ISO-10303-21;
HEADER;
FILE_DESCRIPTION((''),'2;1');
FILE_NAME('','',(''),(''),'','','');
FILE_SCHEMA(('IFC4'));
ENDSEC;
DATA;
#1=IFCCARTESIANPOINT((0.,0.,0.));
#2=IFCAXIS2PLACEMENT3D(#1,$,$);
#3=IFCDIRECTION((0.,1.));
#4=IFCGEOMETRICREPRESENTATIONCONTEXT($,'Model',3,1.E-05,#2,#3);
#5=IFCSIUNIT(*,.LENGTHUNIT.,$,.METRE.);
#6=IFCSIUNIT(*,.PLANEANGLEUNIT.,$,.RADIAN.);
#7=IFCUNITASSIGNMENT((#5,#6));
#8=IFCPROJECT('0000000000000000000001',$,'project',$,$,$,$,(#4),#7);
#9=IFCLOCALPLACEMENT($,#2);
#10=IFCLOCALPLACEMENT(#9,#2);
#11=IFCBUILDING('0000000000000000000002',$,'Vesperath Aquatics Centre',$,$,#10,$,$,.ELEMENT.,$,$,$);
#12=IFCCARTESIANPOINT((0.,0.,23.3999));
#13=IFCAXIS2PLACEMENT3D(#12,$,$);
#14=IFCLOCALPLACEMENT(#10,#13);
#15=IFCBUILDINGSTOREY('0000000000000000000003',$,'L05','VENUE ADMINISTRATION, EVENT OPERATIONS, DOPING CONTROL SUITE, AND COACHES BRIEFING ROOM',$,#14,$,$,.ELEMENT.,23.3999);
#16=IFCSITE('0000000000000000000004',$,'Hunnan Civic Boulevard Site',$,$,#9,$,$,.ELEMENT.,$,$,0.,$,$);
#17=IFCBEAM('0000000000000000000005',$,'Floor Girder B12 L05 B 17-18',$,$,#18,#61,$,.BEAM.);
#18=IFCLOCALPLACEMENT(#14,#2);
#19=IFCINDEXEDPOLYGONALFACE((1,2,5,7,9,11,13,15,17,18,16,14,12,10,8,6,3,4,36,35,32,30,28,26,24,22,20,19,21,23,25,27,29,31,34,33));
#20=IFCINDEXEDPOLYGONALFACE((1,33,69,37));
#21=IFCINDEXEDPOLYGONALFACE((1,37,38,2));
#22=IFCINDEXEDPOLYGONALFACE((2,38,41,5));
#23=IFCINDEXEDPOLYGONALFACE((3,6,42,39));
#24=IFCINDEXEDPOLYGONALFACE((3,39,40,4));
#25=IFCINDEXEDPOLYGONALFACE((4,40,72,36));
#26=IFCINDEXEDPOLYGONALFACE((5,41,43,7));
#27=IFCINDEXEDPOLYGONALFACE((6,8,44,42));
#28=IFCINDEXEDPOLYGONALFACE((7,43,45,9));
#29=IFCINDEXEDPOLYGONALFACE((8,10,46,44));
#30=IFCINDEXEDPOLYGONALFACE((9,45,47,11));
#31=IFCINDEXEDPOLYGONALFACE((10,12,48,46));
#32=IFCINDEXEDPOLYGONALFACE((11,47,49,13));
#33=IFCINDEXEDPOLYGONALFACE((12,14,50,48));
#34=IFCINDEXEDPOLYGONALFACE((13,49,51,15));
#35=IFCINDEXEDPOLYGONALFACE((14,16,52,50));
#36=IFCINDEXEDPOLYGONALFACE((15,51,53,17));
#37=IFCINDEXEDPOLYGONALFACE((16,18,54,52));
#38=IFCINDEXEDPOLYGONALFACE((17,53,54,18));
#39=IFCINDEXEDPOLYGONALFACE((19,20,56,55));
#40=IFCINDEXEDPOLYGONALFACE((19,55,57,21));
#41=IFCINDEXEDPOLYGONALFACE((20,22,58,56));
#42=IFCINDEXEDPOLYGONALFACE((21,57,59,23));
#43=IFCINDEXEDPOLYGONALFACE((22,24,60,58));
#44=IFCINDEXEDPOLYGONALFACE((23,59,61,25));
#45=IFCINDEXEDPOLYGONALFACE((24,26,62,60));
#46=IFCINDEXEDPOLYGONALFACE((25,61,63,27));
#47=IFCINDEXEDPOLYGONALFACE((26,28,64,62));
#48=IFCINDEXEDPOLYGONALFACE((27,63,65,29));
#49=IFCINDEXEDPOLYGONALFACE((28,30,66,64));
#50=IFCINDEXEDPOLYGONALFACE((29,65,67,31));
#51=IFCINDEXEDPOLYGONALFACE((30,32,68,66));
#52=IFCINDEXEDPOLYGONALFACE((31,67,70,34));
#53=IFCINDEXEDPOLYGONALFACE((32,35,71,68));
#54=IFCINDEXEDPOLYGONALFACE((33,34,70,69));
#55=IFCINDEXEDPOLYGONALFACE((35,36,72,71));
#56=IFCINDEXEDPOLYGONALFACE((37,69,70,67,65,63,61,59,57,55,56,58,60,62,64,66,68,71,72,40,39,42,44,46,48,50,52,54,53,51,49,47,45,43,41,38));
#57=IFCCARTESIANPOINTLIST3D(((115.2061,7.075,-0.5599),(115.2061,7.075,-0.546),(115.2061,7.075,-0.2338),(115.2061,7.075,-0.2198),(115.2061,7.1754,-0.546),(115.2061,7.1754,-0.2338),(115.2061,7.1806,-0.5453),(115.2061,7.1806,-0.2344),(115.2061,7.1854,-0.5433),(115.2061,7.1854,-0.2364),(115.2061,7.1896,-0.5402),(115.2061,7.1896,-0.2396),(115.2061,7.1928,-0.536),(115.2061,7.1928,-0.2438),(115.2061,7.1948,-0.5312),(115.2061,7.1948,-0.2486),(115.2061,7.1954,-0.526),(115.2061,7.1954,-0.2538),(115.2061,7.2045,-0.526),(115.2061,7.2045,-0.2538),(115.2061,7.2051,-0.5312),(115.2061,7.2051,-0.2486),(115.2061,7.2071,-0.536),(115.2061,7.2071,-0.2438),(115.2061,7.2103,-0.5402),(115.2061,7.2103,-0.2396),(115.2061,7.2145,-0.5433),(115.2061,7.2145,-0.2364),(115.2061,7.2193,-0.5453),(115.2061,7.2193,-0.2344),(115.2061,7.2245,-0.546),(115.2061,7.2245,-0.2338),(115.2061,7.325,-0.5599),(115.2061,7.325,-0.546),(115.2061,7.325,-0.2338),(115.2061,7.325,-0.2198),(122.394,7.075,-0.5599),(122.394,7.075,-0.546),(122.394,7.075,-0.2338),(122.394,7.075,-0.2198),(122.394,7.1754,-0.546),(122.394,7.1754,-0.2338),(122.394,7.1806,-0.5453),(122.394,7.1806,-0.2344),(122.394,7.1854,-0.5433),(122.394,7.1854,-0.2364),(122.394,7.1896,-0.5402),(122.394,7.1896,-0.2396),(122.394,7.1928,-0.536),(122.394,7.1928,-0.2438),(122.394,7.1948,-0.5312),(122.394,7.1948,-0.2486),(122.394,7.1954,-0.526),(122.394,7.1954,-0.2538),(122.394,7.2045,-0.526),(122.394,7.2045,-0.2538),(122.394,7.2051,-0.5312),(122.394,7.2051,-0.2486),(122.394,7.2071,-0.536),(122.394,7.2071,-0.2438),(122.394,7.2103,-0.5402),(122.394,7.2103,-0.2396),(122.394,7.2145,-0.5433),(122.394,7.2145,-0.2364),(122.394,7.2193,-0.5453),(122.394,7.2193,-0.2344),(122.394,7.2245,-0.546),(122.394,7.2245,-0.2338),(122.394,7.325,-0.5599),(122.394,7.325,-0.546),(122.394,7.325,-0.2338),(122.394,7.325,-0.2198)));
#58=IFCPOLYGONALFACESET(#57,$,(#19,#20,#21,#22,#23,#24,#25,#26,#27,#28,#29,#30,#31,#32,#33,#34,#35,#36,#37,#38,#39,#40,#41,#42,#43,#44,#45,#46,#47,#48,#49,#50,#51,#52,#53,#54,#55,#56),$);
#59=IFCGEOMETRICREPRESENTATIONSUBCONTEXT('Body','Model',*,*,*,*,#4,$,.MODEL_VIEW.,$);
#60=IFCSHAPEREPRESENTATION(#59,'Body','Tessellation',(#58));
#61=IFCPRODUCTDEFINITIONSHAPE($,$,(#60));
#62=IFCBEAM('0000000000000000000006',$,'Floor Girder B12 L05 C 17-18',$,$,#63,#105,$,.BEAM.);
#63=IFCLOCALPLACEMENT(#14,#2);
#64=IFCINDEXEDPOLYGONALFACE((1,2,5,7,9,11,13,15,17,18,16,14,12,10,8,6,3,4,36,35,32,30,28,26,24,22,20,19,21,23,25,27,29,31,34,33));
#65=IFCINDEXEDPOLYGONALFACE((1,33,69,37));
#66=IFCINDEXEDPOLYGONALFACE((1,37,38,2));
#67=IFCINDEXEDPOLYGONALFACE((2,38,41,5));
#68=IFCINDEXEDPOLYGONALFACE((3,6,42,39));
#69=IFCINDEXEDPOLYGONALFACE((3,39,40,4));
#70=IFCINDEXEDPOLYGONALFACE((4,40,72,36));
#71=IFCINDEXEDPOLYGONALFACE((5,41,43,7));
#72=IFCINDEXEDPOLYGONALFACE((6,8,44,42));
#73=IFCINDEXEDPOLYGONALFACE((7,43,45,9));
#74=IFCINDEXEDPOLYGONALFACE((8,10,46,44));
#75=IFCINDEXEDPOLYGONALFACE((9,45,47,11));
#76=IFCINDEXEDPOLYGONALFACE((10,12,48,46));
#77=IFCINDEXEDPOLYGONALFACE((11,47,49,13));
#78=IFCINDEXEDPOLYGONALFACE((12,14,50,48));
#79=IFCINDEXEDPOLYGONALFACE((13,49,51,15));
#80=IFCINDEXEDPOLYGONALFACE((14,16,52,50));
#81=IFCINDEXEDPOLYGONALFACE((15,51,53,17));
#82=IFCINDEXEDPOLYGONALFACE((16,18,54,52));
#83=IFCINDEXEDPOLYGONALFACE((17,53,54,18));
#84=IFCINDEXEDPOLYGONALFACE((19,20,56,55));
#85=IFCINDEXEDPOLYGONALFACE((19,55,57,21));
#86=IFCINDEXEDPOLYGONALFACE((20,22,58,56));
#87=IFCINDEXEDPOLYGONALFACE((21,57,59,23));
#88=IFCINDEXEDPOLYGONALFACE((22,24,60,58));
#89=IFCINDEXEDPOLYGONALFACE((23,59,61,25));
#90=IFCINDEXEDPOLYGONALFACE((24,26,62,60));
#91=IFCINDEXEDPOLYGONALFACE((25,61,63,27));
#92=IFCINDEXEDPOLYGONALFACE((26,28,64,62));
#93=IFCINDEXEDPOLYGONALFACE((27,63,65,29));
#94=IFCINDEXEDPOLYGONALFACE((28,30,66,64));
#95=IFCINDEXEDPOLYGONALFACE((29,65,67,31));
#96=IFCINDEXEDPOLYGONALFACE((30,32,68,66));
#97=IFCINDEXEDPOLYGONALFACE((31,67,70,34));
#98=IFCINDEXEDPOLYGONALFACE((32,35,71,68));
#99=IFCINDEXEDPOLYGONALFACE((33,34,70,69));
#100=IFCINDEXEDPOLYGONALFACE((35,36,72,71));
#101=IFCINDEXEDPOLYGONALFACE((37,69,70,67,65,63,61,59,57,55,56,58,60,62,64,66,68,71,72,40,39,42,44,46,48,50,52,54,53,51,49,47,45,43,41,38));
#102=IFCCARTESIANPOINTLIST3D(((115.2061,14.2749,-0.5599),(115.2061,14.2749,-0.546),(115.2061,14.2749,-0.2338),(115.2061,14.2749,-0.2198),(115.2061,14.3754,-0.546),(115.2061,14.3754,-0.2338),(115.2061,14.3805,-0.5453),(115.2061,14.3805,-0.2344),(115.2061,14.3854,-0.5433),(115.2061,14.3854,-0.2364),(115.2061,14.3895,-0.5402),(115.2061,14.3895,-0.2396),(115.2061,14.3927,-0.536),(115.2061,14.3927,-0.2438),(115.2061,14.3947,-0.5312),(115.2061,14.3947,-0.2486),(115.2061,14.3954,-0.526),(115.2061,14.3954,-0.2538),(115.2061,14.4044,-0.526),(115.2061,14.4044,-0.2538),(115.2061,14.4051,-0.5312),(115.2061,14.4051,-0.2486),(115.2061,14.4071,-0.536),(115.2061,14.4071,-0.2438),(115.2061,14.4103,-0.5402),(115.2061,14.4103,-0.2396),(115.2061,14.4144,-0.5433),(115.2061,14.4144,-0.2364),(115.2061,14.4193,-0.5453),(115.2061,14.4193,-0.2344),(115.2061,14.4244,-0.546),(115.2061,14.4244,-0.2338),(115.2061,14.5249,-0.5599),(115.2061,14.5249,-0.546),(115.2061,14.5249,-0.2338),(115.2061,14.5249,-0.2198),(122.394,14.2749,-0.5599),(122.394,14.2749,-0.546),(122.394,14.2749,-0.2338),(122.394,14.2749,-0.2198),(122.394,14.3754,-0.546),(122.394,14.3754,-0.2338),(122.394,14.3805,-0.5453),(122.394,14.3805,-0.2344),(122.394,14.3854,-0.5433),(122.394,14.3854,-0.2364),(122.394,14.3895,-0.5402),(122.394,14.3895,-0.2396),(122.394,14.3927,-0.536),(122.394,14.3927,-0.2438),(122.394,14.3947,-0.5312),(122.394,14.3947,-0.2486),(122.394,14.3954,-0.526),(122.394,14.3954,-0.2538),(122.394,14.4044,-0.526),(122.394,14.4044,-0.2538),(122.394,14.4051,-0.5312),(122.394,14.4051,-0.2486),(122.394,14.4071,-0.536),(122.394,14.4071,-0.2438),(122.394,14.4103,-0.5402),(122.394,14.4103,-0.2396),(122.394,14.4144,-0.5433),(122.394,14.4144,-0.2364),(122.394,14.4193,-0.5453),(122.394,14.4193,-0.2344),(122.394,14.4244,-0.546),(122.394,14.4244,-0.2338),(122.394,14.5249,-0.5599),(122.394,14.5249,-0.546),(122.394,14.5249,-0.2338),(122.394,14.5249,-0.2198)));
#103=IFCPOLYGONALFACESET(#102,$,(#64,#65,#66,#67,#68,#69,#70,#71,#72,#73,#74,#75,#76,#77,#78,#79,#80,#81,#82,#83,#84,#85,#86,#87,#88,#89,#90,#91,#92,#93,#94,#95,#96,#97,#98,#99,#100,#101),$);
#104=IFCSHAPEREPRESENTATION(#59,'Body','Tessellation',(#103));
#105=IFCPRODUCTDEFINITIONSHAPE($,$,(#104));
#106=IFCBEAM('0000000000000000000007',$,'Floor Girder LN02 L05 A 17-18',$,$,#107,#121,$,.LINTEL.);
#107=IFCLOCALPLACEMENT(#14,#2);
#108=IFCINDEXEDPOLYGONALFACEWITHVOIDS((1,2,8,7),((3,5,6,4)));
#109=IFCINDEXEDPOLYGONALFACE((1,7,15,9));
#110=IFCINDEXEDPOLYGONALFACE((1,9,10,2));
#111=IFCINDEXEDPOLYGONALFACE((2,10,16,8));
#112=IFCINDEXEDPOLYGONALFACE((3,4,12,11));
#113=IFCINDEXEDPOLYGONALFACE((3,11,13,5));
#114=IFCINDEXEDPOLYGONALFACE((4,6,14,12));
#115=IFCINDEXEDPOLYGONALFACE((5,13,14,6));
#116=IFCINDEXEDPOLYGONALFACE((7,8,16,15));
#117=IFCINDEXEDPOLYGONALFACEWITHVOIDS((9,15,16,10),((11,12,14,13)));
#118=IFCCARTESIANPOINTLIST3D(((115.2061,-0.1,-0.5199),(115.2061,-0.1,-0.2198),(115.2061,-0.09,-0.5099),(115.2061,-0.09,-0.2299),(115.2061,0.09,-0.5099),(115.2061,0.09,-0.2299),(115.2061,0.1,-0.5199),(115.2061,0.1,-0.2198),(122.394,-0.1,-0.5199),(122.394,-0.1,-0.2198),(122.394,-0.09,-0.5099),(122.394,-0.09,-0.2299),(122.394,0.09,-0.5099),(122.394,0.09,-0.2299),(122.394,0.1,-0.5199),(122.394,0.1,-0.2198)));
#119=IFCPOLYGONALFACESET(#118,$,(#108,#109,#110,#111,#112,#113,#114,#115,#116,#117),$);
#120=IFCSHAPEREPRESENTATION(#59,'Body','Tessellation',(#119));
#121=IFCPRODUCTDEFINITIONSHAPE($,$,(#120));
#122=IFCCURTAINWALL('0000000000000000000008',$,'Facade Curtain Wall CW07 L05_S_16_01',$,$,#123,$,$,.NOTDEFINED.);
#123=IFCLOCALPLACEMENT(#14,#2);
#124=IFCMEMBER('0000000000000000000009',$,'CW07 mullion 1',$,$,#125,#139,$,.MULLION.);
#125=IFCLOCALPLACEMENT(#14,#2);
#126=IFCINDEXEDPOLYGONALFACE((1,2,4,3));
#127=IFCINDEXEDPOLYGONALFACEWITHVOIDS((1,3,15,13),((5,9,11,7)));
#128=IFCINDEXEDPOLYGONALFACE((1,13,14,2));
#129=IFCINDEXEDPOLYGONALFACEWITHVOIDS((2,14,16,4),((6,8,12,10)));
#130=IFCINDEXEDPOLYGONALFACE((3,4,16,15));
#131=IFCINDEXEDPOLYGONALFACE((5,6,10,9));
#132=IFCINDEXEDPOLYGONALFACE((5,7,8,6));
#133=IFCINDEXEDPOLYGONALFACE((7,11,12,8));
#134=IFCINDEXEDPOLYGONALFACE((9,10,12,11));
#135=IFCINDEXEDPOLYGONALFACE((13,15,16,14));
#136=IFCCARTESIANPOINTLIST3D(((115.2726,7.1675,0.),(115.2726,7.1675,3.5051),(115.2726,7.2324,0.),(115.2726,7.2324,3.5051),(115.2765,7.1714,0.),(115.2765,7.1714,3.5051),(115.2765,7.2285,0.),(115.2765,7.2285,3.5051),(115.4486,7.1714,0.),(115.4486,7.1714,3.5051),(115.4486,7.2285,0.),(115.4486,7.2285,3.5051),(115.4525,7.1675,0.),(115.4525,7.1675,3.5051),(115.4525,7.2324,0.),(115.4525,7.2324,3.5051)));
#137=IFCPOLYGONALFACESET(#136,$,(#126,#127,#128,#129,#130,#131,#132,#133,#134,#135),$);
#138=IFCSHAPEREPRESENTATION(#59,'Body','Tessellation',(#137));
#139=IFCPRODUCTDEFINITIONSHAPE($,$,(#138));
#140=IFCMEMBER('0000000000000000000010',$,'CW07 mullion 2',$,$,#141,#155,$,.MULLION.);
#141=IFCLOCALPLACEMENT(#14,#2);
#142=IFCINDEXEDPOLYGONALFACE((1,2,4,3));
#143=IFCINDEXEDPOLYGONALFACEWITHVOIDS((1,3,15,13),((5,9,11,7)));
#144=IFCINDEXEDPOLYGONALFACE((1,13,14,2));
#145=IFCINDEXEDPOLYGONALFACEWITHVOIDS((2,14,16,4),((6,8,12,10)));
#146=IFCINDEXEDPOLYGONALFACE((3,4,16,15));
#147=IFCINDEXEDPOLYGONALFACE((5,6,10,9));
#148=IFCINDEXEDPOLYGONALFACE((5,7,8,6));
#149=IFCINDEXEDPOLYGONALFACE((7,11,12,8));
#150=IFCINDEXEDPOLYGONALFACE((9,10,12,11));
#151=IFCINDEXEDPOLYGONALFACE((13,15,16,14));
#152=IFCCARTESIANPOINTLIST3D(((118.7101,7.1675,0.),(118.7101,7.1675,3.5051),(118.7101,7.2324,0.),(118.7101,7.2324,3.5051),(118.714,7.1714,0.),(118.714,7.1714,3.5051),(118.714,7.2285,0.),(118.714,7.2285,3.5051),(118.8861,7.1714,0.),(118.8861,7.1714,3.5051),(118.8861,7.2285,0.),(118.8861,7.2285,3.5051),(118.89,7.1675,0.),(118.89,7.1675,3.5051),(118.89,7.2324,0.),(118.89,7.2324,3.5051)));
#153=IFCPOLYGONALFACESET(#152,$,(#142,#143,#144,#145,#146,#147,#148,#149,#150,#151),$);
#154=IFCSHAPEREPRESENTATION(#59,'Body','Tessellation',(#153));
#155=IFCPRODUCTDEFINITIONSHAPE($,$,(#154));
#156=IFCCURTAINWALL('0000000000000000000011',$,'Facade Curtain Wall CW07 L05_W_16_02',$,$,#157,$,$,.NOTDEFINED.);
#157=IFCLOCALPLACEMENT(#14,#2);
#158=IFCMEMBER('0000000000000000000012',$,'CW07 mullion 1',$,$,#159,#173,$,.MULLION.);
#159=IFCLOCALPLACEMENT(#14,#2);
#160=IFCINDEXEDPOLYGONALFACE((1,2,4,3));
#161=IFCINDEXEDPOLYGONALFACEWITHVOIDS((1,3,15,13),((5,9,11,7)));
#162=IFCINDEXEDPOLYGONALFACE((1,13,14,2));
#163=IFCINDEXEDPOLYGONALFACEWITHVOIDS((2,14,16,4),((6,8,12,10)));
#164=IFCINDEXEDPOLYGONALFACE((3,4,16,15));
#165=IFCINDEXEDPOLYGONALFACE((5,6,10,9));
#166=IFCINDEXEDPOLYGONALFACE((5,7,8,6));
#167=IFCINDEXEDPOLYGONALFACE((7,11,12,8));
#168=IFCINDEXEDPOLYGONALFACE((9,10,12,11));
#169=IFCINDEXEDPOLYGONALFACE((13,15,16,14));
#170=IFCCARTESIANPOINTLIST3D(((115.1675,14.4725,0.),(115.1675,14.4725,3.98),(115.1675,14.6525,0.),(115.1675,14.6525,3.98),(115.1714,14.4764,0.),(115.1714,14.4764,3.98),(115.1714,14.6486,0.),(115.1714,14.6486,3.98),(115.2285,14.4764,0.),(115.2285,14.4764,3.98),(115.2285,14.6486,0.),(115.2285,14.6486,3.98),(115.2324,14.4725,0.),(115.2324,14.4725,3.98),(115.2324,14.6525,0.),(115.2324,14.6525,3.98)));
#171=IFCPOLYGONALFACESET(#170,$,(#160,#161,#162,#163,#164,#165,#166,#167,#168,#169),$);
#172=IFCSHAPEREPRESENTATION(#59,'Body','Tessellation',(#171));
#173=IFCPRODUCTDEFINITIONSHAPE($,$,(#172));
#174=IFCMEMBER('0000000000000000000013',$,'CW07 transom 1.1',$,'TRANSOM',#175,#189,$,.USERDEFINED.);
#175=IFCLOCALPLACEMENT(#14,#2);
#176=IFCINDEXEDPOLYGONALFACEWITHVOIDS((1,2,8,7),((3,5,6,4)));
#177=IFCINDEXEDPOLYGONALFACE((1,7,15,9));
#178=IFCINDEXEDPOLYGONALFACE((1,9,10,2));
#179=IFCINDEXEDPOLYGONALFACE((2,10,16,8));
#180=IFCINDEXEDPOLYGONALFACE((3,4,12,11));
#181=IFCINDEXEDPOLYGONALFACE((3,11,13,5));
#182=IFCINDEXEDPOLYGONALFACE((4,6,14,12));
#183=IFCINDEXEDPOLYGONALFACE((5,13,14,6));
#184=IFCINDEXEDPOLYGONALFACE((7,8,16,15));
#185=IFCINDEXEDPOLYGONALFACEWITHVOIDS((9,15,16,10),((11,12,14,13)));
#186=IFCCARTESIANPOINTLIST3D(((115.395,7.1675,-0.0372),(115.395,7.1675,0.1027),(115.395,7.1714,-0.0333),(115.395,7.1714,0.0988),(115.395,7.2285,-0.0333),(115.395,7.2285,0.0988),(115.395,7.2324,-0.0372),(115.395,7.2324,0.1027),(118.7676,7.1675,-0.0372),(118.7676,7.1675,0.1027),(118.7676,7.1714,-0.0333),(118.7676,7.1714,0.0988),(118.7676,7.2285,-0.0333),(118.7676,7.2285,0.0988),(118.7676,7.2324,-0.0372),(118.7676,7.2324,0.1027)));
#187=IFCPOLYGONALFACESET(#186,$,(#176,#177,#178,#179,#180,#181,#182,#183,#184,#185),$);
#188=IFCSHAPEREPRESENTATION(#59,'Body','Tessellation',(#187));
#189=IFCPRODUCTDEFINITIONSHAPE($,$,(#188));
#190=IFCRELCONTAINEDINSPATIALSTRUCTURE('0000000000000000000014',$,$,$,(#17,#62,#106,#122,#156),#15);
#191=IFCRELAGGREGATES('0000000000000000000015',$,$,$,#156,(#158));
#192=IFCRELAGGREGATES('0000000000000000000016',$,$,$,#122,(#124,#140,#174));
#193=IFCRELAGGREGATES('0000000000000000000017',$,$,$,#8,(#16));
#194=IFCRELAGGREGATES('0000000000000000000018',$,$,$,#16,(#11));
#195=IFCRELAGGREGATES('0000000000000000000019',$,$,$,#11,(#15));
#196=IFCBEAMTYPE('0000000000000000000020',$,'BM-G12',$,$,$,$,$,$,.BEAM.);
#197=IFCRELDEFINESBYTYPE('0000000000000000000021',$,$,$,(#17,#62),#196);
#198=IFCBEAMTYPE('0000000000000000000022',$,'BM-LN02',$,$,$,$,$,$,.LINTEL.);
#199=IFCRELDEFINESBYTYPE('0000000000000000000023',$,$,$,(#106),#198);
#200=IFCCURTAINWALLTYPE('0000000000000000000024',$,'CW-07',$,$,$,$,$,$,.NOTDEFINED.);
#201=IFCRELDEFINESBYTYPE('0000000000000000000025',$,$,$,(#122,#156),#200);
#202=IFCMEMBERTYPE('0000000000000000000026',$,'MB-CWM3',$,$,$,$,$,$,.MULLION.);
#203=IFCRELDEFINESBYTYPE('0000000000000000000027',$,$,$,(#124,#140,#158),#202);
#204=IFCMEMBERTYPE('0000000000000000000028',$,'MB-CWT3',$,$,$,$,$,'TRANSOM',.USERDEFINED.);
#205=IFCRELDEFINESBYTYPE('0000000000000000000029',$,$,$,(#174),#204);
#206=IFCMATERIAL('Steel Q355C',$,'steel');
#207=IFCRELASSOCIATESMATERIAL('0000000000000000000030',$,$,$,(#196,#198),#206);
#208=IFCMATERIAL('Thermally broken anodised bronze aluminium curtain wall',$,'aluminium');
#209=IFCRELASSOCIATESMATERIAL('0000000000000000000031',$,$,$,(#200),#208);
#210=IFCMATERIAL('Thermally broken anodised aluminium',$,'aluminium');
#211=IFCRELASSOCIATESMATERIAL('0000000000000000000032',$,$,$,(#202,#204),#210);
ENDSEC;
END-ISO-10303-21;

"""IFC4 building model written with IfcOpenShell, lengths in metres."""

from ifc_helpers import new_model, si_unit, direction, frame, origin, origin_2d, place, context, subcontext, project, spatial, hollow_rectangle, i_section, extrude, material, material_profile, profile_set, type_object, element, aggregate, save


model = new_model("IFC4")

# Units and contexts
model_context = context("Model", 3, precision=1e-05, world=origin(), true_north=direction((0.0, 1.0)))
body_context = subcontext(model_context, "Body", "Model", "MODEL_VIEW")
ifc_project = project(units=[si_unit("LENGTHUNIT", "METRE"), si_unit("PLANEANGLEUNIT", "RADIAN")], contexts=[model_context])

# Site, building, storey
site_placement = place(None, origin())
site = spatial("IfcSite", under=ifc_project, at=site_placement, Name="Hunnan Civic Boulevard Site", CompositionType="ELEMENT", RefElevation=0.0)
building_placement = place(site_placement, origin())
building = spatial("IfcBuilding", under=site, at=building_placement, Name="Vesperath Aquatics Centre", CompositionType="ELEMENT")
storey_placement = place(building_placement, frame((0.0, 0.0, 23.3999)))
storey = spatial("IfcBuildingStorey", under=building, at=storey_placement, Name="L05", Description="VENUE ADMINISTRATION, EVENT OPERATIONS, DOPING CONTROL SUITE, AND COACHES BRIEFING ROOM", CompositionType="ELEMENT", Elevation=23.3999)

# Beams
ifc_material_1 = material(Name="Steel Q355C", Category="steel")
ifc_material_profile_1 = material_profile(ifc_material_1, i_section(OverallWidth=0.25, OverallDepth=0.3401, WebThickness=0.009, FlangeThickness=0.0139, FilletRadius=0.02, at=origin_2d()), Name="HM 340x250x9x14")
ifc_profile_set_1 = profile_set([ifc_material_profile_1], Name="Steel Q355C")
beam_type_1 = type_object("IfcBeamType", Name="BM-G12", PredefinedType="BEAM", material=ifc_profile_set_1)
for number, where, z_axis, x_axis, name in (
    (1, (115.2061, 7.2, -0.3899), (1.0, 0.0, 0.0), (0.0, 1.0, 0.0), "Floor Girder B12 L05 B 17-18"),
    (2, (115.2061, 14.3999, -0.3899), (1.0, 0.0, 0.0), (0.0, 1.0, 0.0), "Floor Girder B12 L05 C 17-18"),
):
    element("IfcBeam", number, at=place(storey_placement, frame(where, z_axis=z_axis, x_axis=x_axis)), inside=storey, type_object=beam_type_1, Name=name, PredefinedType="BEAM", context=body_context, shape_type="SweptSolid", body=[
        extrude(i_section(OverallWidth=0.25, OverallDepth=0.3401, WebThickness=0.009, FlangeThickness=0.0139, FilletRadius=0.02, at=origin_2d()), origin(), (0.0, 0.0, 1.0), 7.188),
    ])
ifc_material_profile_2 = material_profile(ifc_material_1, hollow_rectangle(XDim=0.2, YDim=0.3, WallThickness=0.01, at=origin_2d()), Name="RHS 300x200x10")
ifc_profile_set_2 = profile_set([ifc_material_profile_2], Name="Steel Q355C")
beam_type_2 = type_object("IfcBeamType", Name="BM-LN02", PredefinedType="LINTEL", material=ifc_profile_set_2)
beam_placement = place(storey_placement, frame((115.2061, 0.0, -0.3699), z_axis=(1.0, 0.0, 0.0), x_axis=(0.0, 1.0, 0.0)))
element("IfcBeam", 3, at=beam_placement, inside=storey, type_object=beam_type_2, Name="Floor Girder LN02 L05 A 17-18", PredefinedType="LINTEL", context=body_context, shape_type="SweptSolid", body=[
    extrude(hollow_rectangle(XDim=0.2, YDim=0.3, WallThickness=0.01, at=origin_2d()), origin(), (0.0, 0.0, 1.0), 7.188),
])

# Curtain wall, members
ifc_material_2 = material(Name="Thermally broken anodised bronze aluminium curtain wall", Category="aluminium")
curtain_wall_type = type_object("IfcCurtainWallType", Name="CW-07", PredefinedType="NOTDEFINED", material=ifc_material_2)
curtain_wall_1_placement = place(storey_placement, origin())
curtain_wall_1 = element("IfcCurtainWall", 4, at=curtain_wall_1_placement, inside=storey, type_object=curtain_wall_type, Name="Facade Curtain Wall CW07 L05_S_16_01", PredefinedType="NOTDEFINED")
ifc_material_3 = material(Name="Thermally broken anodised aluminium", Category="aluminium")
ifc_material_profile_3 = material_profile(ifc_material_3, hollow_rectangle(XDim=0.0649, YDim=0.1799, WallThickness=0.0039, at=origin_2d()), Name="CWM 65x180x4")
ifc_profile_set_3 = profile_set([ifc_material_profile_3], Name="Thermally broken anodised aluminium")
member_type_1 = type_object("IfcMemberType", Name="MB-CWM3", PredefinedType="MULLION", material=ifc_profile_set_3)
member_1_placement = place(storey_placement, frame((115.3625, 7.2, 0.0), z_axis=(0.0, 0.0, 1.0), x_axis=(0.0, 1.0, 0.0)))
member_1 = element("IfcMember", 5, at=member_1_placement, type_object=member_type_1, Name="CW07 mullion 1", PredefinedType="MULLION", context=body_context, shape_type="SweptSolid", body=[
    extrude(hollow_rectangle(XDim=0.0649, YDim=0.1799, WallThickness=0.0039, at=origin_2d()), origin(), (0.0, 0.0, 1.0), 3.5051),
])
member_2_placement = place(storey_placement, frame((118.8, 7.2, 0.0), z_axis=(0.0, 0.0, 1.0), x_axis=(0.0, 1.0, 0.0)))
member_2 = element("IfcMember", 6, at=member_2_placement, type_object=member_type_1, Name="CW07 mullion 2", PredefinedType="MULLION", context=body_context, shape_type="SweptSolid", body=[
    extrude(hollow_rectangle(XDim=0.0649, YDim=0.1799, WallThickness=0.0039, at=origin_2d()), origin(), (0.0, 0.0, 1.0), 3.5051),
])

# Curtain wall, member
curtain_wall_2_placement = place(storey_placement, origin())
curtain_wall_2 = element("IfcCurtainWall", 7, at=curtain_wall_2_placement, inside=storey, type_object=curtain_wall_type, Name="Facade Curtain Wall CW07 L05_W_16_02", PredefinedType="NOTDEFINED")
member_3_placement = place(storey_placement, frame((115.2, 14.5625, 0.0), z_axis=(0.0, 0.0, 1.0), x_axis=(-1.0, 0.0, 0.0)))
member_3 = element("IfcMember", 8, at=member_3_placement, type_object=member_type_1, Name="CW07 mullion 1", PredefinedType="MULLION", context=body_context, shape_type="SweptSolid", body=[
    extrude(hollow_rectangle(XDim=0.0649, YDim=0.1799, WallThickness=0.0039, at=origin_2d()), origin(), (0.0, 0.0, 1.0), 3.98),
])
aggregate(curtain_wall_2, [member_3])

# Member
ifc_material_profile_4 = material_profile(ifc_material_3, hollow_rectangle(XDim=0.0649, YDim=0.1399, WallThickness=0.0039, at=origin_2d()), Name="CWT 65x140x4")
ifc_profile_set_4 = profile_set([ifc_material_profile_4], Name="Thermally broken anodised aluminium")
member_type_2 = type_object("IfcMemberType", Name="MB-CWT3", ElementType="TRANSOM", PredefinedType="USERDEFINED", material=ifc_profile_set_4)
member_4_placement = place(storey_placement, frame((115.395, 7.2, 0.0327), z_axis=(1.0, 0.0, 0.0), x_axis=(0.0, 1.0, 0.0)))
member_4 = element("IfcMember", 9, at=member_4_placement, type_object=member_type_2, Name="CW07 transom 1.1", ObjectType="TRANSOM", PredefinedType="USERDEFINED", context=body_context, shape_type="SweptSolid", body=[
    extrude(hollow_rectangle(XDim=0.0649, YDim=0.1399, WallThickness=0.0039, at=origin_2d()), origin(), (0.0, 0.0, 1.0), 3.3726),
])

aggregate(curtain_wall_1, [member_1, member_2, member_4])

save(model, "model.ifc")
